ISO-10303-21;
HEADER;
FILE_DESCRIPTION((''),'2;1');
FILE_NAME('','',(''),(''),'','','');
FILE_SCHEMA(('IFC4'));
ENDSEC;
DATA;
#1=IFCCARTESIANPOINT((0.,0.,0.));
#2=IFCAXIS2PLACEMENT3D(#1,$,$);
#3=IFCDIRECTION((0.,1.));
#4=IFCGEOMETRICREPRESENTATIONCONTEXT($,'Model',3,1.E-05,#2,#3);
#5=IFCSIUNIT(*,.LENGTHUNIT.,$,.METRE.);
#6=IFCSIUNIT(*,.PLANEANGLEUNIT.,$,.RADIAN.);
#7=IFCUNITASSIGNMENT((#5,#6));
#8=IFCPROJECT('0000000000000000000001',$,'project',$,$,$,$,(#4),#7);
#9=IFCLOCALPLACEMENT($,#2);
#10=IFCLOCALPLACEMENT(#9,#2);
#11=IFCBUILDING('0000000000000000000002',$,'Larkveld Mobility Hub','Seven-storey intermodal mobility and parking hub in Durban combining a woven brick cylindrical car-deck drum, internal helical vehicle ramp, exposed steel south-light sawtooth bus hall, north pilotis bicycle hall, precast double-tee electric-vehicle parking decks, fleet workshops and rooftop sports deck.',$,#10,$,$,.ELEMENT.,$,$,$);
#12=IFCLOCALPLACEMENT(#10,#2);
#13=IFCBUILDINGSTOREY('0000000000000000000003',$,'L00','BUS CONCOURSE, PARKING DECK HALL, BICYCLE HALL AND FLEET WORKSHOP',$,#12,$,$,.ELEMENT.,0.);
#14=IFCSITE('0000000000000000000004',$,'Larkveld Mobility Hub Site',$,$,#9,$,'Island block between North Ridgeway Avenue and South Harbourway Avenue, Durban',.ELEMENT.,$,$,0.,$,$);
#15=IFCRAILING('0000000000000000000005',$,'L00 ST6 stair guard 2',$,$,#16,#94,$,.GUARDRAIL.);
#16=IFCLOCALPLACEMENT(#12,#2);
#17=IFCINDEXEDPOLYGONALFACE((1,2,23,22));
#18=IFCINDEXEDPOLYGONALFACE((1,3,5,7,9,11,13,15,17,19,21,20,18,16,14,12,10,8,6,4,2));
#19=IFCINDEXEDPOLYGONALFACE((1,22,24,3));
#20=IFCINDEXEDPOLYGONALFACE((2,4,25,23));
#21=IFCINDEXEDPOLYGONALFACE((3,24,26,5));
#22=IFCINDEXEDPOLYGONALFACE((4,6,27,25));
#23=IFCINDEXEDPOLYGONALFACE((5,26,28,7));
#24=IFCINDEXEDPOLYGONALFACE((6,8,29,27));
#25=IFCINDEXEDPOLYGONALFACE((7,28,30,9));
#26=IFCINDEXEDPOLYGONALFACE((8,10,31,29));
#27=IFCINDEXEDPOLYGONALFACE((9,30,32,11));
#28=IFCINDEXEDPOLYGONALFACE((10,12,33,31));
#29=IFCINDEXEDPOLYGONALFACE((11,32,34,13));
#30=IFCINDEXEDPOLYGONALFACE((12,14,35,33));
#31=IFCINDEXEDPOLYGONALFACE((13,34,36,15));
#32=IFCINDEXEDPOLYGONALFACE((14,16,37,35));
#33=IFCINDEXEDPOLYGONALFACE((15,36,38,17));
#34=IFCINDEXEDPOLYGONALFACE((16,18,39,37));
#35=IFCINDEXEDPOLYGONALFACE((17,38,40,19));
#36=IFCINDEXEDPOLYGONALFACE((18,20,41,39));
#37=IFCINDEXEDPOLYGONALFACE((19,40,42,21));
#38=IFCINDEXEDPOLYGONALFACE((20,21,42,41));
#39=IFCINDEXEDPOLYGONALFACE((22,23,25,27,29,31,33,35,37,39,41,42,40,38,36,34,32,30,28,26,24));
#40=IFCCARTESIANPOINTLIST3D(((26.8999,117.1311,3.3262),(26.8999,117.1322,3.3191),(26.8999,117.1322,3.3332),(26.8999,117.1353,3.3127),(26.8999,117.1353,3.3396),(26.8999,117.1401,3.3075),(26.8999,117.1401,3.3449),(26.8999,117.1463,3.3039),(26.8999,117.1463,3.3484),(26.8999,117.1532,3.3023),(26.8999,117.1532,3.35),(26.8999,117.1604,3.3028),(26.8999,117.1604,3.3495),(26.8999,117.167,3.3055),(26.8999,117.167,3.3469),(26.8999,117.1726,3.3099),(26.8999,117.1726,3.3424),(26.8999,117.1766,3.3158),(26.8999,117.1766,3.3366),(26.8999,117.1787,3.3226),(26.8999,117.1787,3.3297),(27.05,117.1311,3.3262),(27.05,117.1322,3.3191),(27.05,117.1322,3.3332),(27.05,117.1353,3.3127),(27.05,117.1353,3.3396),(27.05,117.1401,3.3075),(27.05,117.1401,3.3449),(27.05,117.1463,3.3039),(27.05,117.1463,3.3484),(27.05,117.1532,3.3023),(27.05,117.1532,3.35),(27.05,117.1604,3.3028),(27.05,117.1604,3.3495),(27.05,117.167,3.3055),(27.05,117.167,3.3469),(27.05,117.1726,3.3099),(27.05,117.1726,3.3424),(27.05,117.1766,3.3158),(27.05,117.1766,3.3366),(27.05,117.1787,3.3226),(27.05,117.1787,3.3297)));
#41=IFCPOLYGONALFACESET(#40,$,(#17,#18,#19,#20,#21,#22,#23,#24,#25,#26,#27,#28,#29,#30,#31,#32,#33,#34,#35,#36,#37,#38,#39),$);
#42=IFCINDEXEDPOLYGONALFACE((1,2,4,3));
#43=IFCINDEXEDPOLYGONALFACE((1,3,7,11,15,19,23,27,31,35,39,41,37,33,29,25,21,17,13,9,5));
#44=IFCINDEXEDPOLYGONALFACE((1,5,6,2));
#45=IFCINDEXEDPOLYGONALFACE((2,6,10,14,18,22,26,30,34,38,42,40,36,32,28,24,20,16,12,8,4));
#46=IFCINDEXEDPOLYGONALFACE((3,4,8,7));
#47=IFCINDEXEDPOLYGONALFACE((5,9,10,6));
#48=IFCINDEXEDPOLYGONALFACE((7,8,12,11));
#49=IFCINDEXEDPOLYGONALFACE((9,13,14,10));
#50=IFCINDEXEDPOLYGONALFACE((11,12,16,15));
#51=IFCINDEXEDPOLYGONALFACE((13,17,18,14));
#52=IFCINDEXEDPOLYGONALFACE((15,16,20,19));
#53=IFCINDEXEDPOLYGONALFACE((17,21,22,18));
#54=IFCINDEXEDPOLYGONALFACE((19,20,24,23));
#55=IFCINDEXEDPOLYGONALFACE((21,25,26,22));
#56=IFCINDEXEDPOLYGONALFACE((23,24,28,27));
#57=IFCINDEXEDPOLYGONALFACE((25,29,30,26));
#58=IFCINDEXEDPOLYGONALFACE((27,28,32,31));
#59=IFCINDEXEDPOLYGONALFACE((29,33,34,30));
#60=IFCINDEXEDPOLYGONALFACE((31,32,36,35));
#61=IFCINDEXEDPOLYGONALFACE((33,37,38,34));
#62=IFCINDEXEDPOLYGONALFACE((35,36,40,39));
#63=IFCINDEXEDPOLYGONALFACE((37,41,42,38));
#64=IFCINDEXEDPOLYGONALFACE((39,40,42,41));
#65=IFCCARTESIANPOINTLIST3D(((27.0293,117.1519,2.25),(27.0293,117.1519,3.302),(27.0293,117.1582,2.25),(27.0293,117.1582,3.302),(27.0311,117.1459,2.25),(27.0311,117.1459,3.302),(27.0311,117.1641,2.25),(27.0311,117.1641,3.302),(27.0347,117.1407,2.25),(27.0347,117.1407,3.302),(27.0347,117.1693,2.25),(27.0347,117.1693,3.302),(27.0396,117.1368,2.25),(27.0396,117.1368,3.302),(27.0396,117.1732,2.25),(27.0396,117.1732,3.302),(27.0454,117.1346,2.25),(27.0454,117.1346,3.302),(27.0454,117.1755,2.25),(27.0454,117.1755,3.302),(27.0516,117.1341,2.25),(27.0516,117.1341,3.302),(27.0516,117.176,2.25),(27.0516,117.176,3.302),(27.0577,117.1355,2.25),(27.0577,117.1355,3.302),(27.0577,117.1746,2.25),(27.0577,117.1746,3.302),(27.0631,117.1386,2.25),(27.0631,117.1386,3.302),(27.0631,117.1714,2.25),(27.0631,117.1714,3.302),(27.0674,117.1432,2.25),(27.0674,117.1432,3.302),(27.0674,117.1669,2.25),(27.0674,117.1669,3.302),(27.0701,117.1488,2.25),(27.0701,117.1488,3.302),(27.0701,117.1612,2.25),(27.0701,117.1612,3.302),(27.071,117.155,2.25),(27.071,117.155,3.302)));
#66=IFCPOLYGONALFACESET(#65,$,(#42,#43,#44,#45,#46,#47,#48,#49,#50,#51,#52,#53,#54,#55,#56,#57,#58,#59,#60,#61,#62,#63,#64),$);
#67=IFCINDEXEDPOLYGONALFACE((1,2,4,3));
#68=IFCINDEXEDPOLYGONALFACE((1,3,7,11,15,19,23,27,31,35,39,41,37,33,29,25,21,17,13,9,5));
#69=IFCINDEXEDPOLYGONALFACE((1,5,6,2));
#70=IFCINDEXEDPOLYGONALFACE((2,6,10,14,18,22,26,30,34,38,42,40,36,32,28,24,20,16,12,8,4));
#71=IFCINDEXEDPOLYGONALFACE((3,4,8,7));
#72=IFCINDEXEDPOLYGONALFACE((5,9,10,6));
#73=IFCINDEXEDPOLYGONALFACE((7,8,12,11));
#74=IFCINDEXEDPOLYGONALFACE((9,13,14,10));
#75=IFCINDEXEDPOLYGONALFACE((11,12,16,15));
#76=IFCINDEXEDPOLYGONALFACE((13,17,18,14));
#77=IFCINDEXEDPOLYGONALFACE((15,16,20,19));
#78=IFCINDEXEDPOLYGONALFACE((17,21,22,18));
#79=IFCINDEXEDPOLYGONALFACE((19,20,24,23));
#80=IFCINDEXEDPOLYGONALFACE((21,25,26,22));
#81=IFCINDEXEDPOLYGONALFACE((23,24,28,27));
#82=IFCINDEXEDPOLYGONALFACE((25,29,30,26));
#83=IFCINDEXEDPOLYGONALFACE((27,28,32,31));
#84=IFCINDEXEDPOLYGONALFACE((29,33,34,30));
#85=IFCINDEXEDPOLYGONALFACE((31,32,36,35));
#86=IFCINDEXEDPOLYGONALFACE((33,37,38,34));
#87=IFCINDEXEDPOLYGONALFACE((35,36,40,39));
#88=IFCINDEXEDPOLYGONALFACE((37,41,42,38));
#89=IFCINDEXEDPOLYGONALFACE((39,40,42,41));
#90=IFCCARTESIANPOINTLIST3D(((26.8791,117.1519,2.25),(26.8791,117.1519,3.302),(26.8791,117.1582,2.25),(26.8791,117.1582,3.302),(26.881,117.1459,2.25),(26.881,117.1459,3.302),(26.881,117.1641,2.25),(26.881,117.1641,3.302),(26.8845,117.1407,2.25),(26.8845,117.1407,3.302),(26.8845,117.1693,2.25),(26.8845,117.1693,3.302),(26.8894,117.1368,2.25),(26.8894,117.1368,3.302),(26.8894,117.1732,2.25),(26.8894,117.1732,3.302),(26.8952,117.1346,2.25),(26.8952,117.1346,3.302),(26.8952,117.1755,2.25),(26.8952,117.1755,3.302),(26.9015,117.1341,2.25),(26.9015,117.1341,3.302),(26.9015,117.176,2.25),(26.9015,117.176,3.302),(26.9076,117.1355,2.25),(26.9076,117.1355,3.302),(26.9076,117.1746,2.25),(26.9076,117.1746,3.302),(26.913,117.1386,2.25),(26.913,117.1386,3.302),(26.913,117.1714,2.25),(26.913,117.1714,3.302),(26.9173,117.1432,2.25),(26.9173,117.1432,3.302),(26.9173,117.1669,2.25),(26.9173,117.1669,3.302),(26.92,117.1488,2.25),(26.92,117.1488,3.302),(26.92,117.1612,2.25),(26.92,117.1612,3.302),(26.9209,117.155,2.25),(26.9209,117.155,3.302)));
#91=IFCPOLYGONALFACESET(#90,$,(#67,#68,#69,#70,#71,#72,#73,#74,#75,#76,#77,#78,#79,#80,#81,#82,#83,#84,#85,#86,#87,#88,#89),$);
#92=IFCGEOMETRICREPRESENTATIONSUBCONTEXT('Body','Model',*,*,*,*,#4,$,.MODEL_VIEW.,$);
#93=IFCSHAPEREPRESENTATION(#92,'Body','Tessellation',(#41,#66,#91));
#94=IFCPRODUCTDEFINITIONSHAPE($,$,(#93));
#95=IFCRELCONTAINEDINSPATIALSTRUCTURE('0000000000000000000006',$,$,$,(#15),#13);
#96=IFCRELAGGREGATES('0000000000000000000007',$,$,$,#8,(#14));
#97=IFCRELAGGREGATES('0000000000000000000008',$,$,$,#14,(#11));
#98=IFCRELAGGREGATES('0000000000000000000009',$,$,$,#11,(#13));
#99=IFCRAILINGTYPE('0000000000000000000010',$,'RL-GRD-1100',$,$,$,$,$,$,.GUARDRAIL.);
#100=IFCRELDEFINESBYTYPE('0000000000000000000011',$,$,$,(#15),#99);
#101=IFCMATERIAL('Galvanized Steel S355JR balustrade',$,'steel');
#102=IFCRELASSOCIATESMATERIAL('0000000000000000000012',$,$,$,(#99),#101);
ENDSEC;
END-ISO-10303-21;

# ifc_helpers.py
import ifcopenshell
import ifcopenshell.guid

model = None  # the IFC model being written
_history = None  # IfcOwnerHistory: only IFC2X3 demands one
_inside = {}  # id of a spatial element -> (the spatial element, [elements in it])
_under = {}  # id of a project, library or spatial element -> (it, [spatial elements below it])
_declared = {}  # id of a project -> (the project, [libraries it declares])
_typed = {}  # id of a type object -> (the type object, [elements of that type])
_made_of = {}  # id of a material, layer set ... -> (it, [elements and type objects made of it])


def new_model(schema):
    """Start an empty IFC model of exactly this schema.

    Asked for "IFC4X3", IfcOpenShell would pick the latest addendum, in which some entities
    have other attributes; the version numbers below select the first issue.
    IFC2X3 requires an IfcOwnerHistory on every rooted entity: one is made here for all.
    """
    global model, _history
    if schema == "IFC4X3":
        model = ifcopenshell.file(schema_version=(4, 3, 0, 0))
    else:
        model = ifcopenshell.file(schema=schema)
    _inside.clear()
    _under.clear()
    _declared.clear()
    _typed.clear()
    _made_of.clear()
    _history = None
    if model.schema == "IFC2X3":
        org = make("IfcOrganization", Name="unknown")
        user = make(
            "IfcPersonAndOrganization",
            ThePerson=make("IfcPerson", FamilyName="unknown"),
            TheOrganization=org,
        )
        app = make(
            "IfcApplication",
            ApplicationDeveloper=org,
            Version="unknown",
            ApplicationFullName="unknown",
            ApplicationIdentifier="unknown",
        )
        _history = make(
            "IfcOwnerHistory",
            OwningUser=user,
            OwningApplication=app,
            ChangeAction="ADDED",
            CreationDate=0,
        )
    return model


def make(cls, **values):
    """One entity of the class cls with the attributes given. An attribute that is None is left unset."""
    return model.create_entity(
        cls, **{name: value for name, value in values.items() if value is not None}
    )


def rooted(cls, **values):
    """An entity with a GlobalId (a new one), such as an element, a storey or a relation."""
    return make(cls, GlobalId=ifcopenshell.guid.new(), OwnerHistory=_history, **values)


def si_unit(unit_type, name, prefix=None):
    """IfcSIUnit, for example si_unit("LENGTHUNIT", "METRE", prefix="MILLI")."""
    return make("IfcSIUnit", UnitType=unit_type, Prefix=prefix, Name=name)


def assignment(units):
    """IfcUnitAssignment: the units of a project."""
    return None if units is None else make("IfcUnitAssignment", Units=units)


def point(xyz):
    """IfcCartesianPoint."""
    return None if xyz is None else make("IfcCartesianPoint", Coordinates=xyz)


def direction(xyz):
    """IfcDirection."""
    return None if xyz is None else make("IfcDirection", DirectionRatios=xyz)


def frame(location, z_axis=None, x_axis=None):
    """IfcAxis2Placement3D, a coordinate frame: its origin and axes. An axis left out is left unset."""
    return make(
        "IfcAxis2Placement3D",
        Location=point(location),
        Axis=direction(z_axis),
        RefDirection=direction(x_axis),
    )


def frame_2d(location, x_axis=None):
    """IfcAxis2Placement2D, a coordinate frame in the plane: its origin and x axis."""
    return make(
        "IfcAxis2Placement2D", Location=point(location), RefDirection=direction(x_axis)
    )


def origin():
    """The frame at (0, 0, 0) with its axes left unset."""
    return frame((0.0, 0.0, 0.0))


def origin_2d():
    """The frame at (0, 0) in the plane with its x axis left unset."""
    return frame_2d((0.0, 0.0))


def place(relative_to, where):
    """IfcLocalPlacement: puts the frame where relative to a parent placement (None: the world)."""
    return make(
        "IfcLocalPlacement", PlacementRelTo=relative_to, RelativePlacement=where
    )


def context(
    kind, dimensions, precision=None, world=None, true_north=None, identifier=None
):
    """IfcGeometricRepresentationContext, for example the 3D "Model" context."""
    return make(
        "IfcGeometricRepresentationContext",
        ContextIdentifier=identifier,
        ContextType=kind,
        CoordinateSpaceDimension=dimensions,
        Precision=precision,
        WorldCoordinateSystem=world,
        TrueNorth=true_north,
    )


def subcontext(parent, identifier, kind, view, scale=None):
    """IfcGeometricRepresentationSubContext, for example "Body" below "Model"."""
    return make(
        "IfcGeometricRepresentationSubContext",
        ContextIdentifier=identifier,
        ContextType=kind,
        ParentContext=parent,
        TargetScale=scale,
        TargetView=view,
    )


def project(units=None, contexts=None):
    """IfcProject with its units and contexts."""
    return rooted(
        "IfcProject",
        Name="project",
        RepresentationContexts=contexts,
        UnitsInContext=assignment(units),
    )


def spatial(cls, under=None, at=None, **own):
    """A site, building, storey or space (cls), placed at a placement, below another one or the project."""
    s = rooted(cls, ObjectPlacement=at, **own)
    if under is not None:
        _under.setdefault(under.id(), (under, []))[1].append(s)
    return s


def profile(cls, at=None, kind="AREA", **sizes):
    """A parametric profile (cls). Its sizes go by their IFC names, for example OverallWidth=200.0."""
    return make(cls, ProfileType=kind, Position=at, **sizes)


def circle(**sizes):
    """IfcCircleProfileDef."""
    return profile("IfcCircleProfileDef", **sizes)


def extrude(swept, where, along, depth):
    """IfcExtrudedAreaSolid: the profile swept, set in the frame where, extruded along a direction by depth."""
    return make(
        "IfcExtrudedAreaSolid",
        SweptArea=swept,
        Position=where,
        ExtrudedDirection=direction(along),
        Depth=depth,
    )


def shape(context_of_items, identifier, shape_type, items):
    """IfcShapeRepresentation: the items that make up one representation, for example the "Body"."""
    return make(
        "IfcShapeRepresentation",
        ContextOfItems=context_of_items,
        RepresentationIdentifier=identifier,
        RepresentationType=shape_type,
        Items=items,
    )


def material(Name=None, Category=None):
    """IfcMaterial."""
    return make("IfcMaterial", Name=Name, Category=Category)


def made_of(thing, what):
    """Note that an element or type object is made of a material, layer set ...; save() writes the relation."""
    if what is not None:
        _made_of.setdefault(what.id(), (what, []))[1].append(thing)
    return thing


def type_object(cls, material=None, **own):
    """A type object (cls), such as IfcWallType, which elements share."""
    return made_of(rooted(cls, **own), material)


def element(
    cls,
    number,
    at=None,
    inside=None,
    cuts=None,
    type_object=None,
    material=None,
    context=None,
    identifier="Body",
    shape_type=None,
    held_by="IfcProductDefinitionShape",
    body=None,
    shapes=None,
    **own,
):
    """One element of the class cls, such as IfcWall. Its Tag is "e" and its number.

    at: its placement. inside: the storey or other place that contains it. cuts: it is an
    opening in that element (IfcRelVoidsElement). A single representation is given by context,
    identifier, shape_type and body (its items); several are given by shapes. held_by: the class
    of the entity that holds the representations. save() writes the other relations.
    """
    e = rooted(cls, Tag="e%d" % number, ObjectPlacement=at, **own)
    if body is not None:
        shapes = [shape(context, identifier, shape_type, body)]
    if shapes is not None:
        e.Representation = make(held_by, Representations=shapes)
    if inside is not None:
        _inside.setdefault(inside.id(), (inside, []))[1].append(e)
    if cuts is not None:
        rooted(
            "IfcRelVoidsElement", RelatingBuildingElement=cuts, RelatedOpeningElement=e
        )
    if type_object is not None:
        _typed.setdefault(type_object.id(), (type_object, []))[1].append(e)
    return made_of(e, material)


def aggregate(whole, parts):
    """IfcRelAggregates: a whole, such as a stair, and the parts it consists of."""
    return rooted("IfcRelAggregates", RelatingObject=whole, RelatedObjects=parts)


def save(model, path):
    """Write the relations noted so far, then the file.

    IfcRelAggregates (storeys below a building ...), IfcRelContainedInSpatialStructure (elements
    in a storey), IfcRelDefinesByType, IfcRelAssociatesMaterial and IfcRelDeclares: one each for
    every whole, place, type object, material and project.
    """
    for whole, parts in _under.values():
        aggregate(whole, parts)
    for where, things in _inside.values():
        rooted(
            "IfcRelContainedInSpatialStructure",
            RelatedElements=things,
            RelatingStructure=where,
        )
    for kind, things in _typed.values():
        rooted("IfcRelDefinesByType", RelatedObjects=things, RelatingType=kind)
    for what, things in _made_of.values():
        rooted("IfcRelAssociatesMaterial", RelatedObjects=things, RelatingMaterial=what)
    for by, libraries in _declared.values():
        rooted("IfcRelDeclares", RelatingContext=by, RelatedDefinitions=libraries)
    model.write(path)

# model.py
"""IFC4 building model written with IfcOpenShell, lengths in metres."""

from ifc_helpers import new_model, si_unit, direction, frame, origin, origin_2d, place, context, subcontext, project, spatial, circle, extrude, material, type_object, element, save


model = new_model("IFC4")

# Units and contexts
model_context = context("Model", 3, precision=1e-05, world=origin(), true_north=direction((0.0, 1.0)))
body_context = subcontext(model_context, "Body", "Model", "MODEL_VIEW")
ifc_project = project(units=[si_unit("LENGTHUNIT", "METRE"), si_unit("PLANEANGLEUNIT", "RADIAN")], contexts=[model_context])

# Site, building, storey
site_placement = place(None, origin())
site = spatial("IfcSite", under=ifc_project, at=site_placement, Name="Larkveld Mobility Hub Site", LongName="Island block between North Ridgeway Avenue and South Harbourway Avenue, Durban", CompositionType="ELEMENT", RefElevation=0.0)
building_placement = place(site_placement, origin())
building = spatial("IfcBuilding", under=site, at=building_placement, Name="Larkveld Mobility Hub", Description="Seven-storey intermodal mobility and parking hub in Durban combining a woven brick cylindrical car-deck drum, internal helical vehicle ramp, exposed steel south-light sawtooth bus hall, north pilotis bicycle hall, precast double-tee electric-vehicle parking decks, fleet workshops and rooftop sports deck.", CompositionType="ELEMENT")
storey_placement = place(building_placement, origin())
storey = spatial("IfcBuildingStorey", under=building, at=storey_placement, Name="L00", Description="BUS CONCOURSE, PARKING DECK HALL, BICYCLE HALL AND FLEET WORKSHOP", CompositionType="ELEMENT", Elevation=0.0)

# Railing
ifc_material_1 = material(Name="Galvanized Steel S355JR balustrade", Category="steel")
railing_type = type_object("IfcRailingType", Name="RL-GRD-1100", PredefinedType="GUARDRAIL", material=ifc_material_1)
railing_1_placement = place(storey_placement, frame((27.05, 117.155, 2.25)))
element("IfcRailing", 1, at=railing_1_placement, inside=storey, type_object=railing_type, Name="L00 ST6 stair guard 2", PredefinedType="GUARDRAIL", context=body_context, shape_type="SweptSolid", body=[
    extrude(circle(Radius=0.0239, at=origin_2d()), frame((0.0, 0.0, 1.0762), z_axis=(-1.0, 0.0, 0.0), x_axis=(0.0, -1.0, 0.0)), (0.0, 0.0, 1.0), 0.1501),
    extrude(circle(Radius=0.021, at=origin_2d()), origin(), (0.0, 0.0, 1.0), 1.052),
    extrude(circle(Radius=0.021, at=origin_2d()), frame((-0.1501, 0.0, 0.0)), (0.0, 0.0, 1.0), 1.052),
])

save(model, "model.ifc")
